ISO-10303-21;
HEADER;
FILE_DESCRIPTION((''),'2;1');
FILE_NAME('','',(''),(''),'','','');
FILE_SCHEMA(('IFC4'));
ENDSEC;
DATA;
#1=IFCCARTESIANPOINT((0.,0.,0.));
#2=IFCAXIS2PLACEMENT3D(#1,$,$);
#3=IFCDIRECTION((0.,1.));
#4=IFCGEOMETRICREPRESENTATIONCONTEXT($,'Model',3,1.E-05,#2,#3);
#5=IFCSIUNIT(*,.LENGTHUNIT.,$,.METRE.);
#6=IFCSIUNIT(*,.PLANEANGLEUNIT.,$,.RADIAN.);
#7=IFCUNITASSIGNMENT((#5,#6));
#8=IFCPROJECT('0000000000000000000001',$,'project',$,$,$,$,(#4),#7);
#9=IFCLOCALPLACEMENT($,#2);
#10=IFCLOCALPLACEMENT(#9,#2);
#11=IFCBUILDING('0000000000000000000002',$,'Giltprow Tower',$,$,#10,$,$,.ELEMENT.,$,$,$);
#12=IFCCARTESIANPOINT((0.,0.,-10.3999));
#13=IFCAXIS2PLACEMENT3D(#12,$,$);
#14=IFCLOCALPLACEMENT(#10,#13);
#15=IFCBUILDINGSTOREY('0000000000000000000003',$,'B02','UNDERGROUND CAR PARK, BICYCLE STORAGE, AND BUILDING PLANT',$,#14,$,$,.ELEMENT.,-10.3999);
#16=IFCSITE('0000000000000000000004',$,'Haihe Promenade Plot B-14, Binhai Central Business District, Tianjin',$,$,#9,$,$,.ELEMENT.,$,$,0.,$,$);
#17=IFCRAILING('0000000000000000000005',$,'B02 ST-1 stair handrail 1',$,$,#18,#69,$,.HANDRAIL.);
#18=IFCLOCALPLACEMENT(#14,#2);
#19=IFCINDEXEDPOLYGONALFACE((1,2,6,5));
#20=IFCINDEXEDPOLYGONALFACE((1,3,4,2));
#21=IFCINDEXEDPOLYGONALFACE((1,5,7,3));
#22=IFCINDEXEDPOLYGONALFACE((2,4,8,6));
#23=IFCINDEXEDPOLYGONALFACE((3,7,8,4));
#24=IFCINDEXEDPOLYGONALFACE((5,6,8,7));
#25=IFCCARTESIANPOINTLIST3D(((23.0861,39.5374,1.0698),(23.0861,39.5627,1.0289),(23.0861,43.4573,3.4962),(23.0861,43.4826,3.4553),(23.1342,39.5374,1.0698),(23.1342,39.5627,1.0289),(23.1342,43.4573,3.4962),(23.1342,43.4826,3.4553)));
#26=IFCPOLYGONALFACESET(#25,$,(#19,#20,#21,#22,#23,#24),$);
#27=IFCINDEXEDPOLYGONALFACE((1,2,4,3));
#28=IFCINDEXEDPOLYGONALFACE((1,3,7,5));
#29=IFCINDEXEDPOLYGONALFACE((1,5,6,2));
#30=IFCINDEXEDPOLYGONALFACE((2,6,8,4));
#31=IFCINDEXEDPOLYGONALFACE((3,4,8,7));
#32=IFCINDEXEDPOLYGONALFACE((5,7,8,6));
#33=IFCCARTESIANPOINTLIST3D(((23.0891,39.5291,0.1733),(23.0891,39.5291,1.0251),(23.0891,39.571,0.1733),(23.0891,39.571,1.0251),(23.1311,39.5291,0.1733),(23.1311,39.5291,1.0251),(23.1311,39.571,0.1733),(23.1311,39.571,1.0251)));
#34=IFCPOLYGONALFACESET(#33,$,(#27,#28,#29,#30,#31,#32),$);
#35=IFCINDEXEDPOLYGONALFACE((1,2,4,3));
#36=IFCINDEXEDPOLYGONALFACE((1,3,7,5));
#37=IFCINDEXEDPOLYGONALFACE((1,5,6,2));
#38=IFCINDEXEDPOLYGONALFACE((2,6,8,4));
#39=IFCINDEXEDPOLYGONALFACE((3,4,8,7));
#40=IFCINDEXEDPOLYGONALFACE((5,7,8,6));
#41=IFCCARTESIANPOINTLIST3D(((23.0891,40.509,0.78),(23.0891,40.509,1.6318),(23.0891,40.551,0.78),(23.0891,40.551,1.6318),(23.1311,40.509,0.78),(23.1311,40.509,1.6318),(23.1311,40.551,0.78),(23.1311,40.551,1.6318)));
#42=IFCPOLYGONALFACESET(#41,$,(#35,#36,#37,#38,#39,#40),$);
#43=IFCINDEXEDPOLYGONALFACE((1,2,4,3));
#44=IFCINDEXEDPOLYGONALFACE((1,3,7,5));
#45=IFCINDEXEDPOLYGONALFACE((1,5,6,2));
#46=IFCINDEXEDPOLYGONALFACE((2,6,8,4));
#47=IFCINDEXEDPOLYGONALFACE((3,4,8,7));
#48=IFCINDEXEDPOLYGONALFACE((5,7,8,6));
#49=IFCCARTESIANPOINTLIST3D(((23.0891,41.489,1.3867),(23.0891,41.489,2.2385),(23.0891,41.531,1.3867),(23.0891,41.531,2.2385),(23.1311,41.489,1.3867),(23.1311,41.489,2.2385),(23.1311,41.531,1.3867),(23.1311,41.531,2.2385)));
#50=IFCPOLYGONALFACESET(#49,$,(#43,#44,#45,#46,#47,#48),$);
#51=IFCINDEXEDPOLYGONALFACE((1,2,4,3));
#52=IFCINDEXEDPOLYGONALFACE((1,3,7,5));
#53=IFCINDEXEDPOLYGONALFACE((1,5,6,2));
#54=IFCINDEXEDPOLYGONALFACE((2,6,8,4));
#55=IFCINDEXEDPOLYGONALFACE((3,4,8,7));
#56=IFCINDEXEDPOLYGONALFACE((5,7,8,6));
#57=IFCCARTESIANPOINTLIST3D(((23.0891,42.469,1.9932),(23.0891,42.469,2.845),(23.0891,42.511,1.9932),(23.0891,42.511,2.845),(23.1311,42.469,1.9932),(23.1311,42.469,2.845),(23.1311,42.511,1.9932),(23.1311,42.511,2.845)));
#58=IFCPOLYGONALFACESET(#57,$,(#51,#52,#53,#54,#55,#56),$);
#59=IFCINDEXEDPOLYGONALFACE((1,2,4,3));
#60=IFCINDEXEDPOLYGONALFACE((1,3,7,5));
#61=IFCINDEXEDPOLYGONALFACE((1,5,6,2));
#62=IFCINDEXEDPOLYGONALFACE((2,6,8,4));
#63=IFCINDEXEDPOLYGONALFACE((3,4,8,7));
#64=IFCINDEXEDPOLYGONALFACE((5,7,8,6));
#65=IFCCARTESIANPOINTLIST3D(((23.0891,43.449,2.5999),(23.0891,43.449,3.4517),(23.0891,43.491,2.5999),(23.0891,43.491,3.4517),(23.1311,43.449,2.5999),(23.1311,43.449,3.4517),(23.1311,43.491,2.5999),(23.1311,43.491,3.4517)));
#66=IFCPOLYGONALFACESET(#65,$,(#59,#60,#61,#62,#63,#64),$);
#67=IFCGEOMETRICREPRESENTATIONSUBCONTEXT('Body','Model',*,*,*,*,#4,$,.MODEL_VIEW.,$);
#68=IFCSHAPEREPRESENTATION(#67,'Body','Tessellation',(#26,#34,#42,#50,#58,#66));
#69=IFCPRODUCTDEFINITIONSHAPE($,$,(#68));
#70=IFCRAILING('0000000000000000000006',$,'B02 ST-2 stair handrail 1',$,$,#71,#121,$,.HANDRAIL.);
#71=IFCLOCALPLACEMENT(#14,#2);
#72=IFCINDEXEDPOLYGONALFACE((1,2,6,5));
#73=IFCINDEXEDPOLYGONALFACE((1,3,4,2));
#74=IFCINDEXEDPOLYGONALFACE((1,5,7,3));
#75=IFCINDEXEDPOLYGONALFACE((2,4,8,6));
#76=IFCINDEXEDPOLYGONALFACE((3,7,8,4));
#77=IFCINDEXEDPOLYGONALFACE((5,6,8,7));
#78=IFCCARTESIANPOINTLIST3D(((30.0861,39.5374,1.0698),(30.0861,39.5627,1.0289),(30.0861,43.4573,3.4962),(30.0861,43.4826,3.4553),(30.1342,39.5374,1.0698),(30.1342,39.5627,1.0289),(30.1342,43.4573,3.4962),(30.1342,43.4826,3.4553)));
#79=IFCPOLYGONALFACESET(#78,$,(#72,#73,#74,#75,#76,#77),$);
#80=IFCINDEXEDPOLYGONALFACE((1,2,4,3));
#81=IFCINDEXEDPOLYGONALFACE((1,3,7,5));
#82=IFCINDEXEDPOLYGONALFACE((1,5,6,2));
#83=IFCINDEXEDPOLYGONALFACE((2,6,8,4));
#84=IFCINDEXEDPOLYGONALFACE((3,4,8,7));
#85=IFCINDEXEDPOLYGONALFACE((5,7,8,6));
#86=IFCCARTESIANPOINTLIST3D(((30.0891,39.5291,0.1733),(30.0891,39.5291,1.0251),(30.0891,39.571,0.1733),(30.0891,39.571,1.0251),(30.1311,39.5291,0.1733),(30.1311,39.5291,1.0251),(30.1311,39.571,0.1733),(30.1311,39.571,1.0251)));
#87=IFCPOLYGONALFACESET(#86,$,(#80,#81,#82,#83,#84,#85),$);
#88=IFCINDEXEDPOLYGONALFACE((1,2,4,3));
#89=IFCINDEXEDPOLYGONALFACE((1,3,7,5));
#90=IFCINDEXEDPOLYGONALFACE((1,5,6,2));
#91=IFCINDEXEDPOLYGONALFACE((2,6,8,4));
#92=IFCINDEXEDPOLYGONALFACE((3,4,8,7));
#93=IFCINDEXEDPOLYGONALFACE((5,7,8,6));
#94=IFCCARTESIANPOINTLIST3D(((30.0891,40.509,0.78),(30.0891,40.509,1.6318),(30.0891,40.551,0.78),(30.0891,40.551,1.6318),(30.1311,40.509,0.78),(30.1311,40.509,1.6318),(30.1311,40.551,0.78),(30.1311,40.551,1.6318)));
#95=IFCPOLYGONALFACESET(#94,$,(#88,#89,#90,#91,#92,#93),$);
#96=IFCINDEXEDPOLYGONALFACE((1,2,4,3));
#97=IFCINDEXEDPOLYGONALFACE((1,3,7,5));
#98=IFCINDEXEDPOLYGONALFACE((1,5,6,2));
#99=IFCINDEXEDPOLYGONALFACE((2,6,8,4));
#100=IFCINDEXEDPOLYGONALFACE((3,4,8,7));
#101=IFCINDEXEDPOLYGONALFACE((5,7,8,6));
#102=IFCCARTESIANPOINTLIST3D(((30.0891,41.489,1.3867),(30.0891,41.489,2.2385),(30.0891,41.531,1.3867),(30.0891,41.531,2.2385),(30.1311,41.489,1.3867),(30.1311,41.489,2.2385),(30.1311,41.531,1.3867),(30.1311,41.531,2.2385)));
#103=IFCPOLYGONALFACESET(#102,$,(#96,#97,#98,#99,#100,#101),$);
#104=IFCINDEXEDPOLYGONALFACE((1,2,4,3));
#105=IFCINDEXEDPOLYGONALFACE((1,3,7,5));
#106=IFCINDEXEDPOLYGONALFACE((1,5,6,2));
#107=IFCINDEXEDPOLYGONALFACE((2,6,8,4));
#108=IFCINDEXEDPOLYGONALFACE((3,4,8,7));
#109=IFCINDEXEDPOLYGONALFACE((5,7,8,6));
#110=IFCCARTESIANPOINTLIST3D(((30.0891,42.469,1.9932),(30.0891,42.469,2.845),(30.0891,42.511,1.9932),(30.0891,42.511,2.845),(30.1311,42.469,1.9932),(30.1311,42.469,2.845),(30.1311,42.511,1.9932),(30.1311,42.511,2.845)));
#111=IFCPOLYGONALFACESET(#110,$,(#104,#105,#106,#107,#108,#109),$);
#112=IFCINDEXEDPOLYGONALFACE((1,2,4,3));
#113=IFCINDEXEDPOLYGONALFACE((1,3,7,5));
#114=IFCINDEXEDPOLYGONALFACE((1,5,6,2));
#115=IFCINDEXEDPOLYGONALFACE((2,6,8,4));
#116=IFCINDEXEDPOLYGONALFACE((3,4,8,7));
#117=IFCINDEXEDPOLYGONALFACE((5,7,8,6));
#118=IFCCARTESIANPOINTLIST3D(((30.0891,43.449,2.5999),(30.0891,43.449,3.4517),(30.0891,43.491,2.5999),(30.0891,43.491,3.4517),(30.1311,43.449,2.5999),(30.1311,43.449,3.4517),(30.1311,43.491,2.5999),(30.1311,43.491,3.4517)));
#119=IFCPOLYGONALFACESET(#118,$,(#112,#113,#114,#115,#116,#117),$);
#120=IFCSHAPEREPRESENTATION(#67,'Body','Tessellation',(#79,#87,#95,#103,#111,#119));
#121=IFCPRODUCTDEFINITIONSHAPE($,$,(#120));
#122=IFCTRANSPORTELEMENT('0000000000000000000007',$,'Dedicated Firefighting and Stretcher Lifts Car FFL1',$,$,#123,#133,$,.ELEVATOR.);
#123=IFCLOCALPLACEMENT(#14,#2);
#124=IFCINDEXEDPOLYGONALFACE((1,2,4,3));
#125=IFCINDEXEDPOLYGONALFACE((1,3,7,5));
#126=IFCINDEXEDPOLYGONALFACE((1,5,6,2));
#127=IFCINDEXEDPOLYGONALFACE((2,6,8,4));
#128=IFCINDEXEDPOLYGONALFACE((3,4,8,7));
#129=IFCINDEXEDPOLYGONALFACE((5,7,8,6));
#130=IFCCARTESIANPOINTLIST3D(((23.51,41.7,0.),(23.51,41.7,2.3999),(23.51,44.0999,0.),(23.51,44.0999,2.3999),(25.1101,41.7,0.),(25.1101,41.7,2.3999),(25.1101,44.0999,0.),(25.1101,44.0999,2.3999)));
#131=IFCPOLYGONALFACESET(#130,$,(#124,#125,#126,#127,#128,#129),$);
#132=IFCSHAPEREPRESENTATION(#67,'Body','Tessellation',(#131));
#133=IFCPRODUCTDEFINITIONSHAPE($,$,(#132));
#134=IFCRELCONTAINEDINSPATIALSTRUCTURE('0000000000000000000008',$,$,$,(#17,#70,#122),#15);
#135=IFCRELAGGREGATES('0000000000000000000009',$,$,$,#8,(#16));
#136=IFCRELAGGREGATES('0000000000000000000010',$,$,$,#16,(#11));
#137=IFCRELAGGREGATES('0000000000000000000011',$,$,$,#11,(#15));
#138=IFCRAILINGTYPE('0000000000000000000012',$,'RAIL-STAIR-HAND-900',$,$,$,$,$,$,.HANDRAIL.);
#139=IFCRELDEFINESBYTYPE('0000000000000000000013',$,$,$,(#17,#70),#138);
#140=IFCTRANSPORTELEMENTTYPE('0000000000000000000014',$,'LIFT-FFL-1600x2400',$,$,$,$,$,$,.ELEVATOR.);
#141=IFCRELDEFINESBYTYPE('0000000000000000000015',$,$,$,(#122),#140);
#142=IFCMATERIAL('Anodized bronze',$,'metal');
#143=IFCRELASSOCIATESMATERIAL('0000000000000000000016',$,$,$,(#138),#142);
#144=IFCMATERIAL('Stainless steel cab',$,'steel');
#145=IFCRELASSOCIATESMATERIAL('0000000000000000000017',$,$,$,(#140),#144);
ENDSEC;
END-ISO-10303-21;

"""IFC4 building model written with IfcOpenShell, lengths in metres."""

from ifc_helpers import new_model, si_unit, direction, frame, origin, origin_2d, place, context, subcontext, project, spatial, rectangle, extrude, source, transform, mapped, material, type_object, element, save


model = new_model("IFC4")

# Units and contexts
model_context = context("Model", 3, precision=1e-05, world=origin(), true_north=direction((0.0, 1.0)))
body_context = subcontext(model_context, "Body", "Model", "MODEL_VIEW")
ifc_project = project(units=[si_unit("LENGTHUNIT", "METRE"), si_unit("PLANEANGLEUNIT", "RADIAN")], contexts=[model_context])

# Site, building, storey
site_placement = place(None, origin())
site = spatial("IfcSite", under=ifc_project, at=site_placement, Name="Haihe Promenade Plot B-14, Binhai Central Business District, Tianjin", CompositionType="ELEMENT", RefElevation=0.0)
building_placement = place(site_placement, origin())
building = spatial("IfcBuilding", under=site, at=building_placement, Name="Giltprow Tower", CompositionType="ELEMENT")
storey_placement = place(building_placement, frame((0.0, 0.0, -10.3999)))
storey = spatial("IfcBuildingStorey", under=building, at=storey_placement, Name="B02", Description="UNDERGROUND CAR PARK, BICYCLE STORAGE, AND BUILDING PLANT", CompositionType="ELEMENT", Elevation=-10.3999)

# Railings
ifc_material_1 = material(Name="Anodized bronze", Category="metal")
railing_type_1 = type_object("IfcRailingType", Name="RAIL-STAIR-HAND-900", PredefinedType="HANDRAIL", material=ifc_material_1)
for number, where, name in (
    (1, (23.1101, 39.55, 0.1733), "B02 ST-1 stair handrail 1"),
    (2, (30.1101, 39.55, 0.1733), "B02 ST-2 stair handrail 1"),
):
    element("IfcRailing", number, at=place(storey_placement, frame(where)), inside=storey, type_object=railing_type_1, Name=name, PredefinedType="HANDRAIL", context=body_context, shape_type="SweptSolid", body=[
        extrude(rectangle(XDim=0.0481, YDim=0.0481, at=origin_2d()), frame((0.0, 0.0, 0.876), z_axis=(0.0, 0.850275, 0.526338), x_axis=(-1.0, 0.0, 0.0)), (0.0, 0.0, 1.0), 4.6101),
        extrude(rectangle(XDim=0.042, YDim=0.042, at=origin_2d()), origin(), (0.0, 0.0, 1.0), 0.8518),
        extrude(rectangle(XDim=0.042, YDim=0.042, at=origin_2d()), frame((0.0, 0.98, 0.6067)), (0.0, 0.0, 1.0), 0.8518),
        extrude(rectangle(XDim=0.042, YDim=0.042, at=origin_2d()), frame((0.0, 1.96, 1.2134)), (0.0, 0.0, 1.0), 0.8518),
        extrude(rectangle(XDim=0.042, YDim=0.042, at=origin_2d()), frame((0.0, 2.9399, 1.8198)), (0.0, 0.0, 1.0), 0.8518),
        extrude(rectangle(XDim=0.042, YDim=0.042, at=origin_2d()), frame((0.0, 3.9199, 2.4265)), (0.0, 0.0, 1.0), 0.8518),
    ])

# Transport element
ifc_material_2 = material(Name="Stainless steel cab", Category="steel")
transport_element_type = type_object("IfcTransportElementType", Name="LIFT-FFL-1600x2400", PredefinedType="ELEVATOR", material=ifc_material_2)
shared_shape_1 = source(origin(), body_context, "Body", "SweptSolid", [
    extrude(rectangle(XDim=1.6001, YDim=2.3999, at=origin_2d()), origin(), (0.0, 0.0, 1.0), 2.3999),
])
transport_element_placement = place(storey_placement, frame((24.3101, 42.8999, 0.0), z_axis=(0.0, 0.0, 1.0), x_axis=(1.0, 0.0, 0.0)))
element("IfcTransportElement", 3, at=transport_element_placement, inside=storey, type_object=transport_element_type, Name="Dedicated Firefighting and Stretcher Lifts Car FFL1", PredefinedType="ELEVATOR", context=body_context, shape_type="MappedRepresentation", body=[
    mapped(shared_shape_1, transform((0.0, 0.0, 0.0), x_axis=(1.0, 0.0, 0.0), y_axis=(0.0, 1.0, 0.0), z_axis=(0.0, 0.0, 1.0), scale=1.0)),
])

save(model, "model.ifc")
